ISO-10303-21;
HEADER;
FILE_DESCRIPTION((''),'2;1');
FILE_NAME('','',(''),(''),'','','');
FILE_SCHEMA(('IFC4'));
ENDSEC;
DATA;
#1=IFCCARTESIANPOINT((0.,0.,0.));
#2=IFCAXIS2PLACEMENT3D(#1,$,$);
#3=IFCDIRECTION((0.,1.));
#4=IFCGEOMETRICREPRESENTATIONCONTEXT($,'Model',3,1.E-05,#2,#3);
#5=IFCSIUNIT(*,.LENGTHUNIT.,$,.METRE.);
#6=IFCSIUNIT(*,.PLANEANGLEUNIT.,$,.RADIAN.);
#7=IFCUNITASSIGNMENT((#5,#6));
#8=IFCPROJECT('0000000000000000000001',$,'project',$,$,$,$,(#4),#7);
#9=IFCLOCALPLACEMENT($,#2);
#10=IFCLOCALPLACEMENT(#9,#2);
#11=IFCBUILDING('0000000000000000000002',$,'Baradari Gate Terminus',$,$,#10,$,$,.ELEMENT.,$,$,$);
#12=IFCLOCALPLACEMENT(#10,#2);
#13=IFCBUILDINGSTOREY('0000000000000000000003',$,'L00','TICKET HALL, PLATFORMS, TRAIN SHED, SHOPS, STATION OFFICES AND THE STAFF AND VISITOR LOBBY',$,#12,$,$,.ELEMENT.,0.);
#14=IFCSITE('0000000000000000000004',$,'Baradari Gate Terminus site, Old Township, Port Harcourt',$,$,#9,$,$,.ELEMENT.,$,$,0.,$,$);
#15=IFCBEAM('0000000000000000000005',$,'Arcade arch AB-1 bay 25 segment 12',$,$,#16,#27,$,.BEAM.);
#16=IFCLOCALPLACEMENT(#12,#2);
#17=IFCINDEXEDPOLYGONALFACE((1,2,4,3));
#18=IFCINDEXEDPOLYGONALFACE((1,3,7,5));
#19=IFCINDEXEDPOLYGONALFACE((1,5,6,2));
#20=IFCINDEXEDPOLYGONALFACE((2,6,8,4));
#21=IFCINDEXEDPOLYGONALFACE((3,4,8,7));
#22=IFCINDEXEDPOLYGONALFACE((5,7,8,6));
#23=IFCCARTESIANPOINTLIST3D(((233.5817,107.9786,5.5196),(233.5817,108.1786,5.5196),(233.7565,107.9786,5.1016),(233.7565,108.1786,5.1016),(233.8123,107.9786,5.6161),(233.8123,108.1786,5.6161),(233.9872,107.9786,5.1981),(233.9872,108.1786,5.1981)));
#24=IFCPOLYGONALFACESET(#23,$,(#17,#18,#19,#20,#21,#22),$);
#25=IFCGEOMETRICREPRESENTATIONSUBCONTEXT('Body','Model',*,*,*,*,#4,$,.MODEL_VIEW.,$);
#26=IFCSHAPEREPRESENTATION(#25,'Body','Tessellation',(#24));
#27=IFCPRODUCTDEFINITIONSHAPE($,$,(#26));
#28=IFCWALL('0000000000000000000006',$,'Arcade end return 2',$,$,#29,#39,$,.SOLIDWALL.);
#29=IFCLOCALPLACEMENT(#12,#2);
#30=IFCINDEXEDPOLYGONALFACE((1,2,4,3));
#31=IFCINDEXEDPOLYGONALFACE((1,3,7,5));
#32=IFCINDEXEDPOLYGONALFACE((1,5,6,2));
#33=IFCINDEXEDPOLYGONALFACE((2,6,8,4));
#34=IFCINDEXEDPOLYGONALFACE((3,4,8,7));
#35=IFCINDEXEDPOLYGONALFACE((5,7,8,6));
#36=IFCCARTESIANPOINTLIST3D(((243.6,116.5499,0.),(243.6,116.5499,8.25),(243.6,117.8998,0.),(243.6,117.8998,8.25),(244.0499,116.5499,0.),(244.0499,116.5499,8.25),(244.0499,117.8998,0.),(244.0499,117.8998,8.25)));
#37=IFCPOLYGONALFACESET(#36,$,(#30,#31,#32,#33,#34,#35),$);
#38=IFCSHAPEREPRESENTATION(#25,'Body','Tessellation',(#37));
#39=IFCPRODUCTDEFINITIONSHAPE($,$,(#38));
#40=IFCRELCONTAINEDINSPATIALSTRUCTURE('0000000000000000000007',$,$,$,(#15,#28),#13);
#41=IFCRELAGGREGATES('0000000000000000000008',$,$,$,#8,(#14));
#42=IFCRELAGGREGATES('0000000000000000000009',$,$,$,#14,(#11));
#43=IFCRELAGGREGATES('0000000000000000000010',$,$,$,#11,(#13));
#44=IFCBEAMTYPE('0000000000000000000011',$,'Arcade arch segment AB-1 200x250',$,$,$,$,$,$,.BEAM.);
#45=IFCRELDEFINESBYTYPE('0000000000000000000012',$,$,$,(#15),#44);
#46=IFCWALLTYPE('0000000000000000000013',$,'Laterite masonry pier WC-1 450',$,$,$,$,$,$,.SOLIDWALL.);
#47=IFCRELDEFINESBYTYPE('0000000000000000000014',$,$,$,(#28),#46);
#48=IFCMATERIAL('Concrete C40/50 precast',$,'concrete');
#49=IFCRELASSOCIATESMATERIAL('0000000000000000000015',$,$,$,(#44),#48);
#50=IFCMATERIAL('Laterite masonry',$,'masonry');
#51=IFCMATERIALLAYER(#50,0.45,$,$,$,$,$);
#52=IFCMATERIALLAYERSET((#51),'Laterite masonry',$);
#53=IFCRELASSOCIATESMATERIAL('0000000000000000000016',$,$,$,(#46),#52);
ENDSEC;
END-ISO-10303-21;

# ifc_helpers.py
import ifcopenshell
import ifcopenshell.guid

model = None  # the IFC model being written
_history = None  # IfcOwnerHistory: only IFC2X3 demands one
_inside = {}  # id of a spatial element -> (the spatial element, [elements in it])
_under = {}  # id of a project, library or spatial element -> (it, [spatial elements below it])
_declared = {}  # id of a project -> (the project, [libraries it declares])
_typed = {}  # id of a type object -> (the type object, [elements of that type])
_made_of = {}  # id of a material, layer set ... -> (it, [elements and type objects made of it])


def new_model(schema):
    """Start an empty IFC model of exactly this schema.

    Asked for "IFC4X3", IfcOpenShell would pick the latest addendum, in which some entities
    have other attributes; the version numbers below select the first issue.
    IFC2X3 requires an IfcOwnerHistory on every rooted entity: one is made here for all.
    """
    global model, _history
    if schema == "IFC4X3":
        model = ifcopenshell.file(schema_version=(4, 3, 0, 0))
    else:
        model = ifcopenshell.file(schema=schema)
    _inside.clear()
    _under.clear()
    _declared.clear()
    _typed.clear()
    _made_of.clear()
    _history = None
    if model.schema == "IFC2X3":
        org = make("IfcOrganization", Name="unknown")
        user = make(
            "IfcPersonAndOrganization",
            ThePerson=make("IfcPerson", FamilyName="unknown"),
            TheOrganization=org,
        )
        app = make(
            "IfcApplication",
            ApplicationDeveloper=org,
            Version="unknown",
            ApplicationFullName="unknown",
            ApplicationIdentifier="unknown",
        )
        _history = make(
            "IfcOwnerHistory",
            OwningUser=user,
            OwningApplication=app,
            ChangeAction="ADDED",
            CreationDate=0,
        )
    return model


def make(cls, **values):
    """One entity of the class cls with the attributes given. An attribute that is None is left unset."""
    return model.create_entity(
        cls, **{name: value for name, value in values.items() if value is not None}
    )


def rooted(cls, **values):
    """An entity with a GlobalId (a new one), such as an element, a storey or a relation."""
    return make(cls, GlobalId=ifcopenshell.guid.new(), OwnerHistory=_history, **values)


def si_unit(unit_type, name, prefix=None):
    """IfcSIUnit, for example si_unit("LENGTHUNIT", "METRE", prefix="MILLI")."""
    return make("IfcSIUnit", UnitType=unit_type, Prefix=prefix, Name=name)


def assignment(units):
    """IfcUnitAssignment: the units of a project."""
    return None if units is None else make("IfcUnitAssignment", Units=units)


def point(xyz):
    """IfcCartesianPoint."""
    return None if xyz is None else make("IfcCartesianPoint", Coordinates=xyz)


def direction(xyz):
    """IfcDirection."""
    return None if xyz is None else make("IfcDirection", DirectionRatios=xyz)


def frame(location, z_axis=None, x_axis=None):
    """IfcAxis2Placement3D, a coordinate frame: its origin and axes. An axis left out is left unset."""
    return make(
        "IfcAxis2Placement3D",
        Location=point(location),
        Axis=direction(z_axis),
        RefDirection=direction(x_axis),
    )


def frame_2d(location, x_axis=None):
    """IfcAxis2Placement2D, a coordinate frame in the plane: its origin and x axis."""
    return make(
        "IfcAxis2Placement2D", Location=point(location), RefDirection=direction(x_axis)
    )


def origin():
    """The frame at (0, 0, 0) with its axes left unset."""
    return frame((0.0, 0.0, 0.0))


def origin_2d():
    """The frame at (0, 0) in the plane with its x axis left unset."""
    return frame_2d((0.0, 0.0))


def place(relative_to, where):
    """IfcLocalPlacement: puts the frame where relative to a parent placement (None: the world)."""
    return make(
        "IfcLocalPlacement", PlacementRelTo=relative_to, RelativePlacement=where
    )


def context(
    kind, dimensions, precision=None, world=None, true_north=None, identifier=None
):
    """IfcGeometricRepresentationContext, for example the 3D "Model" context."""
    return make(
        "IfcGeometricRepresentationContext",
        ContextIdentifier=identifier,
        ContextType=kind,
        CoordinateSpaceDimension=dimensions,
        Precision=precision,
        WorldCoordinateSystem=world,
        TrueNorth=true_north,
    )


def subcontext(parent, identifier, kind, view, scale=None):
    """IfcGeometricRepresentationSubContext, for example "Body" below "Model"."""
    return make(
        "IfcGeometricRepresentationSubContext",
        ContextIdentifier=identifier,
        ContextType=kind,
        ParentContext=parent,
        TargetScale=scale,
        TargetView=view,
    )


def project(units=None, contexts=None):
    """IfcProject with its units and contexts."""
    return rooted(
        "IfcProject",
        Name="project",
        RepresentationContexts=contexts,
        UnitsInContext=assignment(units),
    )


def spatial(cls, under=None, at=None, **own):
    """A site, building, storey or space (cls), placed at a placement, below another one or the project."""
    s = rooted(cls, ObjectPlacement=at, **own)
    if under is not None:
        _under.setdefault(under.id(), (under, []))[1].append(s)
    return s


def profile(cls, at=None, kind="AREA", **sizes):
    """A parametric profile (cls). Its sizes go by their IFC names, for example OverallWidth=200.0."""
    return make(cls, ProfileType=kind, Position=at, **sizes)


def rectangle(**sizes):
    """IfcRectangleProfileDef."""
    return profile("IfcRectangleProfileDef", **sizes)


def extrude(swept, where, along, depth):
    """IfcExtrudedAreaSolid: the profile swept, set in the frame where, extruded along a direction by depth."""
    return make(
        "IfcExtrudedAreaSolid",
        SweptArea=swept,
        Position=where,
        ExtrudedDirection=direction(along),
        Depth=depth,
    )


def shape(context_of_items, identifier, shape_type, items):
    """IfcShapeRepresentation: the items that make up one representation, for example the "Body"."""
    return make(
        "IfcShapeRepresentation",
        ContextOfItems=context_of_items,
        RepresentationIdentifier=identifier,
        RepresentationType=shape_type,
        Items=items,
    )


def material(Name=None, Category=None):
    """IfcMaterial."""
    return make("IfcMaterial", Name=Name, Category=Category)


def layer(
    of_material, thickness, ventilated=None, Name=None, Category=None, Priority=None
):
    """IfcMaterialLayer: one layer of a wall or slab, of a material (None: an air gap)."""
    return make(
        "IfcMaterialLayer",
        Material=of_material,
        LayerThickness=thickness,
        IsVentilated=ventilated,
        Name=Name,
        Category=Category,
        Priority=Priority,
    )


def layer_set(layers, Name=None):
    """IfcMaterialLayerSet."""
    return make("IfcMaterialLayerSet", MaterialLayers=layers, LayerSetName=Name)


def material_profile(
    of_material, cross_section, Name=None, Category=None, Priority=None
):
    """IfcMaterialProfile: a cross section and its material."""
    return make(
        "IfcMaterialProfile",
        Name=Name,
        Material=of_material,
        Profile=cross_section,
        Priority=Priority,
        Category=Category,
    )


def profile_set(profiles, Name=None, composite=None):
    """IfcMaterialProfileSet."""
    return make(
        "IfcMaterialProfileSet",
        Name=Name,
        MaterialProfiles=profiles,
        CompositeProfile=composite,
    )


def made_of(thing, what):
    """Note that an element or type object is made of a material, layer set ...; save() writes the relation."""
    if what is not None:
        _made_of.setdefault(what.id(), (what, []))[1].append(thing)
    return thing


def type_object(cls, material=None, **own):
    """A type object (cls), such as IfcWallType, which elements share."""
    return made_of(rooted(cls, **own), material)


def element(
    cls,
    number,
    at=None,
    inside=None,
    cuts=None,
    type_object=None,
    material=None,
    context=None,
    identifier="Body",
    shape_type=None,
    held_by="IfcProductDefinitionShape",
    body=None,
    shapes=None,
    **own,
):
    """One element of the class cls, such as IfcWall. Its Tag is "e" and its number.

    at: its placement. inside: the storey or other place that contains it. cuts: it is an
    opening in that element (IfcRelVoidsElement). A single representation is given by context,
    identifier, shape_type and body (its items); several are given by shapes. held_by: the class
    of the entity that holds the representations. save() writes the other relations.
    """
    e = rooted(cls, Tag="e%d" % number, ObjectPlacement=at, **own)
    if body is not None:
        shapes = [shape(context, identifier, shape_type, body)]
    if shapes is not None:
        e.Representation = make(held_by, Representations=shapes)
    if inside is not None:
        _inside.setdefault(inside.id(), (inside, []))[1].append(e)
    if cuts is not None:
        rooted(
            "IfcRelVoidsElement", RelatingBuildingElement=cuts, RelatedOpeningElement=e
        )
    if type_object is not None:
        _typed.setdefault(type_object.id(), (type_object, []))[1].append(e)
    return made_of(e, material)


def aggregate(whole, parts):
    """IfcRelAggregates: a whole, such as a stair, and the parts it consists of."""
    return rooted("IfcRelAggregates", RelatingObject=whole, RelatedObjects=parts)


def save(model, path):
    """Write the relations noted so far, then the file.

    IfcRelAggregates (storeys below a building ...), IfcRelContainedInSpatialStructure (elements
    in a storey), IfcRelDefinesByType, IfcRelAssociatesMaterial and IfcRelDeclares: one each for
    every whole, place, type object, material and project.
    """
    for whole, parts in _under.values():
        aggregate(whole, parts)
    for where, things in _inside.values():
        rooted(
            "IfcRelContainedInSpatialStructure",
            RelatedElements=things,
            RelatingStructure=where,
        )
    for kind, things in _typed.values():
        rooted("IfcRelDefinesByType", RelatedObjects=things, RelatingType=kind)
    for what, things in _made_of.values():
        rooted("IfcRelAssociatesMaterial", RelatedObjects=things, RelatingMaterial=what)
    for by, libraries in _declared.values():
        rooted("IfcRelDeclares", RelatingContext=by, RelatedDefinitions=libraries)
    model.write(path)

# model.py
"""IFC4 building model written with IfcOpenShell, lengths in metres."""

from ifc_helpers import new_model, si_unit, direction, frame, frame_2d, origin, origin_2d, place, context, subcontext, project, spatial, rectangle, extrude, material, layer, layer_set, material_profile, profile_set, type_object, element, save


model = new_model("IFC4")

# Units and contexts
model_context = context("Model", 3, precision=1e-05, world=origin(), true_north=direction((0.0, 1.0)))
body_context = subcontext(model_context, "Body", "Model", "MODEL_VIEW")
ifc_project = project(units=[si_unit("LENGTHUNIT", "METRE"), si_unit("PLANEANGLEUNIT", "RADIAN")], contexts=[model_context])

# Site, building, storey
site_placement = place(None, origin())
site = spatial("IfcSite", under=ifc_project, at=site_placement, Name="Baradari Gate Terminus site, Old Township, Port Harcourt", CompositionType="ELEMENT", RefElevation=0.0)
building_placement = place(site_placement, origin())
building = spatial("IfcBuilding", under=site, at=building_placement, Name="Baradari Gate Terminus", CompositionType="ELEMENT")
storey_placement = place(building_placement, origin())
storey = spatial("IfcBuildingStorey", under=building, at=storey_placement, Name="L00", Description="TICKET HALL, PLATFORMS, TRAIN SHED, SHOPS, STATION OFFICES AND THE STAFF AND VISITOR LOBBY", CompositionType="ELEMENT", Elevation=0.0)

# Beam
ifc_material_1 = material(Name="Concrete C40/50 precast", Category="concrete")
ifc_material_profile_1 = material_profile(ifc_material_1, rectangle(XDim=0.2, YDim=0.25, at=origin_2d()), Name="AB-1 200X250")
ifc_profile_set_1 = profile_set([ifc_material_profile_1], Name="Concrete C40/50 precast")
beam_type = type_object("IfcBeamType", Name="Arcade arch segment AB-1 200x250", PredefinedType="BEAM", material=ifc_profile_set_1)
beam_1_placement = place(storey_placement, frame((233.697, 108.0786, 5.5679), z_axis=(0.385839, 0.0, -0.922566), x_axis=(0.0, 1.0, 0.0)))
element("IfcBeam", 1, at=beam_1_placement, inside=storey, type_object=beam_type, Name="Arcade arch AB-1 bay 25 segment 12", PredefinedType="BEAM", context=body_context, shape_type="SweptSolid", body=[
    extrude(rectangle(XDim=0.2, YDim=0.25, at=origin_2d()), origin(), (0.0, 0.0, 1.0), 0.4531),
])

# Wall
ifc_material_2 = material(Name="Laterite masonry", Category="masonry")
ifc_layer = layer(ifc_material_2, 0.45)
ifc_layer_set = layer_set([ifc_layer], Name="Laterite masonry")
wall_type = type_object("IfcWallType", Name="Laterite masonry pier WC-1 450", PredefinedType="SOLIDWALL", material=ifc_layer_set)
wall_placement = place(storey_placement, frame((243.825, 116.55, 0.0), z_axis=(0.0, 0.0, 1.0), x_axis=(0.0, 1.0, 0.0)))
element("IfcWall", 2, at=wall_placement, inside=storey, type_object=wall_type, Name="Arcade end return 2", PredefinedType="SOLIDWALL", context=body_context, shape_type="SweptSolid", body=[
    extrude(rectangle(XDim=1.3499, YDim=0.45, at=frame_2d((0.6748, 0.0))), origin(), (0.0, 0.0, 1.0), 8.25),
])

save(model, "model.ifc")
